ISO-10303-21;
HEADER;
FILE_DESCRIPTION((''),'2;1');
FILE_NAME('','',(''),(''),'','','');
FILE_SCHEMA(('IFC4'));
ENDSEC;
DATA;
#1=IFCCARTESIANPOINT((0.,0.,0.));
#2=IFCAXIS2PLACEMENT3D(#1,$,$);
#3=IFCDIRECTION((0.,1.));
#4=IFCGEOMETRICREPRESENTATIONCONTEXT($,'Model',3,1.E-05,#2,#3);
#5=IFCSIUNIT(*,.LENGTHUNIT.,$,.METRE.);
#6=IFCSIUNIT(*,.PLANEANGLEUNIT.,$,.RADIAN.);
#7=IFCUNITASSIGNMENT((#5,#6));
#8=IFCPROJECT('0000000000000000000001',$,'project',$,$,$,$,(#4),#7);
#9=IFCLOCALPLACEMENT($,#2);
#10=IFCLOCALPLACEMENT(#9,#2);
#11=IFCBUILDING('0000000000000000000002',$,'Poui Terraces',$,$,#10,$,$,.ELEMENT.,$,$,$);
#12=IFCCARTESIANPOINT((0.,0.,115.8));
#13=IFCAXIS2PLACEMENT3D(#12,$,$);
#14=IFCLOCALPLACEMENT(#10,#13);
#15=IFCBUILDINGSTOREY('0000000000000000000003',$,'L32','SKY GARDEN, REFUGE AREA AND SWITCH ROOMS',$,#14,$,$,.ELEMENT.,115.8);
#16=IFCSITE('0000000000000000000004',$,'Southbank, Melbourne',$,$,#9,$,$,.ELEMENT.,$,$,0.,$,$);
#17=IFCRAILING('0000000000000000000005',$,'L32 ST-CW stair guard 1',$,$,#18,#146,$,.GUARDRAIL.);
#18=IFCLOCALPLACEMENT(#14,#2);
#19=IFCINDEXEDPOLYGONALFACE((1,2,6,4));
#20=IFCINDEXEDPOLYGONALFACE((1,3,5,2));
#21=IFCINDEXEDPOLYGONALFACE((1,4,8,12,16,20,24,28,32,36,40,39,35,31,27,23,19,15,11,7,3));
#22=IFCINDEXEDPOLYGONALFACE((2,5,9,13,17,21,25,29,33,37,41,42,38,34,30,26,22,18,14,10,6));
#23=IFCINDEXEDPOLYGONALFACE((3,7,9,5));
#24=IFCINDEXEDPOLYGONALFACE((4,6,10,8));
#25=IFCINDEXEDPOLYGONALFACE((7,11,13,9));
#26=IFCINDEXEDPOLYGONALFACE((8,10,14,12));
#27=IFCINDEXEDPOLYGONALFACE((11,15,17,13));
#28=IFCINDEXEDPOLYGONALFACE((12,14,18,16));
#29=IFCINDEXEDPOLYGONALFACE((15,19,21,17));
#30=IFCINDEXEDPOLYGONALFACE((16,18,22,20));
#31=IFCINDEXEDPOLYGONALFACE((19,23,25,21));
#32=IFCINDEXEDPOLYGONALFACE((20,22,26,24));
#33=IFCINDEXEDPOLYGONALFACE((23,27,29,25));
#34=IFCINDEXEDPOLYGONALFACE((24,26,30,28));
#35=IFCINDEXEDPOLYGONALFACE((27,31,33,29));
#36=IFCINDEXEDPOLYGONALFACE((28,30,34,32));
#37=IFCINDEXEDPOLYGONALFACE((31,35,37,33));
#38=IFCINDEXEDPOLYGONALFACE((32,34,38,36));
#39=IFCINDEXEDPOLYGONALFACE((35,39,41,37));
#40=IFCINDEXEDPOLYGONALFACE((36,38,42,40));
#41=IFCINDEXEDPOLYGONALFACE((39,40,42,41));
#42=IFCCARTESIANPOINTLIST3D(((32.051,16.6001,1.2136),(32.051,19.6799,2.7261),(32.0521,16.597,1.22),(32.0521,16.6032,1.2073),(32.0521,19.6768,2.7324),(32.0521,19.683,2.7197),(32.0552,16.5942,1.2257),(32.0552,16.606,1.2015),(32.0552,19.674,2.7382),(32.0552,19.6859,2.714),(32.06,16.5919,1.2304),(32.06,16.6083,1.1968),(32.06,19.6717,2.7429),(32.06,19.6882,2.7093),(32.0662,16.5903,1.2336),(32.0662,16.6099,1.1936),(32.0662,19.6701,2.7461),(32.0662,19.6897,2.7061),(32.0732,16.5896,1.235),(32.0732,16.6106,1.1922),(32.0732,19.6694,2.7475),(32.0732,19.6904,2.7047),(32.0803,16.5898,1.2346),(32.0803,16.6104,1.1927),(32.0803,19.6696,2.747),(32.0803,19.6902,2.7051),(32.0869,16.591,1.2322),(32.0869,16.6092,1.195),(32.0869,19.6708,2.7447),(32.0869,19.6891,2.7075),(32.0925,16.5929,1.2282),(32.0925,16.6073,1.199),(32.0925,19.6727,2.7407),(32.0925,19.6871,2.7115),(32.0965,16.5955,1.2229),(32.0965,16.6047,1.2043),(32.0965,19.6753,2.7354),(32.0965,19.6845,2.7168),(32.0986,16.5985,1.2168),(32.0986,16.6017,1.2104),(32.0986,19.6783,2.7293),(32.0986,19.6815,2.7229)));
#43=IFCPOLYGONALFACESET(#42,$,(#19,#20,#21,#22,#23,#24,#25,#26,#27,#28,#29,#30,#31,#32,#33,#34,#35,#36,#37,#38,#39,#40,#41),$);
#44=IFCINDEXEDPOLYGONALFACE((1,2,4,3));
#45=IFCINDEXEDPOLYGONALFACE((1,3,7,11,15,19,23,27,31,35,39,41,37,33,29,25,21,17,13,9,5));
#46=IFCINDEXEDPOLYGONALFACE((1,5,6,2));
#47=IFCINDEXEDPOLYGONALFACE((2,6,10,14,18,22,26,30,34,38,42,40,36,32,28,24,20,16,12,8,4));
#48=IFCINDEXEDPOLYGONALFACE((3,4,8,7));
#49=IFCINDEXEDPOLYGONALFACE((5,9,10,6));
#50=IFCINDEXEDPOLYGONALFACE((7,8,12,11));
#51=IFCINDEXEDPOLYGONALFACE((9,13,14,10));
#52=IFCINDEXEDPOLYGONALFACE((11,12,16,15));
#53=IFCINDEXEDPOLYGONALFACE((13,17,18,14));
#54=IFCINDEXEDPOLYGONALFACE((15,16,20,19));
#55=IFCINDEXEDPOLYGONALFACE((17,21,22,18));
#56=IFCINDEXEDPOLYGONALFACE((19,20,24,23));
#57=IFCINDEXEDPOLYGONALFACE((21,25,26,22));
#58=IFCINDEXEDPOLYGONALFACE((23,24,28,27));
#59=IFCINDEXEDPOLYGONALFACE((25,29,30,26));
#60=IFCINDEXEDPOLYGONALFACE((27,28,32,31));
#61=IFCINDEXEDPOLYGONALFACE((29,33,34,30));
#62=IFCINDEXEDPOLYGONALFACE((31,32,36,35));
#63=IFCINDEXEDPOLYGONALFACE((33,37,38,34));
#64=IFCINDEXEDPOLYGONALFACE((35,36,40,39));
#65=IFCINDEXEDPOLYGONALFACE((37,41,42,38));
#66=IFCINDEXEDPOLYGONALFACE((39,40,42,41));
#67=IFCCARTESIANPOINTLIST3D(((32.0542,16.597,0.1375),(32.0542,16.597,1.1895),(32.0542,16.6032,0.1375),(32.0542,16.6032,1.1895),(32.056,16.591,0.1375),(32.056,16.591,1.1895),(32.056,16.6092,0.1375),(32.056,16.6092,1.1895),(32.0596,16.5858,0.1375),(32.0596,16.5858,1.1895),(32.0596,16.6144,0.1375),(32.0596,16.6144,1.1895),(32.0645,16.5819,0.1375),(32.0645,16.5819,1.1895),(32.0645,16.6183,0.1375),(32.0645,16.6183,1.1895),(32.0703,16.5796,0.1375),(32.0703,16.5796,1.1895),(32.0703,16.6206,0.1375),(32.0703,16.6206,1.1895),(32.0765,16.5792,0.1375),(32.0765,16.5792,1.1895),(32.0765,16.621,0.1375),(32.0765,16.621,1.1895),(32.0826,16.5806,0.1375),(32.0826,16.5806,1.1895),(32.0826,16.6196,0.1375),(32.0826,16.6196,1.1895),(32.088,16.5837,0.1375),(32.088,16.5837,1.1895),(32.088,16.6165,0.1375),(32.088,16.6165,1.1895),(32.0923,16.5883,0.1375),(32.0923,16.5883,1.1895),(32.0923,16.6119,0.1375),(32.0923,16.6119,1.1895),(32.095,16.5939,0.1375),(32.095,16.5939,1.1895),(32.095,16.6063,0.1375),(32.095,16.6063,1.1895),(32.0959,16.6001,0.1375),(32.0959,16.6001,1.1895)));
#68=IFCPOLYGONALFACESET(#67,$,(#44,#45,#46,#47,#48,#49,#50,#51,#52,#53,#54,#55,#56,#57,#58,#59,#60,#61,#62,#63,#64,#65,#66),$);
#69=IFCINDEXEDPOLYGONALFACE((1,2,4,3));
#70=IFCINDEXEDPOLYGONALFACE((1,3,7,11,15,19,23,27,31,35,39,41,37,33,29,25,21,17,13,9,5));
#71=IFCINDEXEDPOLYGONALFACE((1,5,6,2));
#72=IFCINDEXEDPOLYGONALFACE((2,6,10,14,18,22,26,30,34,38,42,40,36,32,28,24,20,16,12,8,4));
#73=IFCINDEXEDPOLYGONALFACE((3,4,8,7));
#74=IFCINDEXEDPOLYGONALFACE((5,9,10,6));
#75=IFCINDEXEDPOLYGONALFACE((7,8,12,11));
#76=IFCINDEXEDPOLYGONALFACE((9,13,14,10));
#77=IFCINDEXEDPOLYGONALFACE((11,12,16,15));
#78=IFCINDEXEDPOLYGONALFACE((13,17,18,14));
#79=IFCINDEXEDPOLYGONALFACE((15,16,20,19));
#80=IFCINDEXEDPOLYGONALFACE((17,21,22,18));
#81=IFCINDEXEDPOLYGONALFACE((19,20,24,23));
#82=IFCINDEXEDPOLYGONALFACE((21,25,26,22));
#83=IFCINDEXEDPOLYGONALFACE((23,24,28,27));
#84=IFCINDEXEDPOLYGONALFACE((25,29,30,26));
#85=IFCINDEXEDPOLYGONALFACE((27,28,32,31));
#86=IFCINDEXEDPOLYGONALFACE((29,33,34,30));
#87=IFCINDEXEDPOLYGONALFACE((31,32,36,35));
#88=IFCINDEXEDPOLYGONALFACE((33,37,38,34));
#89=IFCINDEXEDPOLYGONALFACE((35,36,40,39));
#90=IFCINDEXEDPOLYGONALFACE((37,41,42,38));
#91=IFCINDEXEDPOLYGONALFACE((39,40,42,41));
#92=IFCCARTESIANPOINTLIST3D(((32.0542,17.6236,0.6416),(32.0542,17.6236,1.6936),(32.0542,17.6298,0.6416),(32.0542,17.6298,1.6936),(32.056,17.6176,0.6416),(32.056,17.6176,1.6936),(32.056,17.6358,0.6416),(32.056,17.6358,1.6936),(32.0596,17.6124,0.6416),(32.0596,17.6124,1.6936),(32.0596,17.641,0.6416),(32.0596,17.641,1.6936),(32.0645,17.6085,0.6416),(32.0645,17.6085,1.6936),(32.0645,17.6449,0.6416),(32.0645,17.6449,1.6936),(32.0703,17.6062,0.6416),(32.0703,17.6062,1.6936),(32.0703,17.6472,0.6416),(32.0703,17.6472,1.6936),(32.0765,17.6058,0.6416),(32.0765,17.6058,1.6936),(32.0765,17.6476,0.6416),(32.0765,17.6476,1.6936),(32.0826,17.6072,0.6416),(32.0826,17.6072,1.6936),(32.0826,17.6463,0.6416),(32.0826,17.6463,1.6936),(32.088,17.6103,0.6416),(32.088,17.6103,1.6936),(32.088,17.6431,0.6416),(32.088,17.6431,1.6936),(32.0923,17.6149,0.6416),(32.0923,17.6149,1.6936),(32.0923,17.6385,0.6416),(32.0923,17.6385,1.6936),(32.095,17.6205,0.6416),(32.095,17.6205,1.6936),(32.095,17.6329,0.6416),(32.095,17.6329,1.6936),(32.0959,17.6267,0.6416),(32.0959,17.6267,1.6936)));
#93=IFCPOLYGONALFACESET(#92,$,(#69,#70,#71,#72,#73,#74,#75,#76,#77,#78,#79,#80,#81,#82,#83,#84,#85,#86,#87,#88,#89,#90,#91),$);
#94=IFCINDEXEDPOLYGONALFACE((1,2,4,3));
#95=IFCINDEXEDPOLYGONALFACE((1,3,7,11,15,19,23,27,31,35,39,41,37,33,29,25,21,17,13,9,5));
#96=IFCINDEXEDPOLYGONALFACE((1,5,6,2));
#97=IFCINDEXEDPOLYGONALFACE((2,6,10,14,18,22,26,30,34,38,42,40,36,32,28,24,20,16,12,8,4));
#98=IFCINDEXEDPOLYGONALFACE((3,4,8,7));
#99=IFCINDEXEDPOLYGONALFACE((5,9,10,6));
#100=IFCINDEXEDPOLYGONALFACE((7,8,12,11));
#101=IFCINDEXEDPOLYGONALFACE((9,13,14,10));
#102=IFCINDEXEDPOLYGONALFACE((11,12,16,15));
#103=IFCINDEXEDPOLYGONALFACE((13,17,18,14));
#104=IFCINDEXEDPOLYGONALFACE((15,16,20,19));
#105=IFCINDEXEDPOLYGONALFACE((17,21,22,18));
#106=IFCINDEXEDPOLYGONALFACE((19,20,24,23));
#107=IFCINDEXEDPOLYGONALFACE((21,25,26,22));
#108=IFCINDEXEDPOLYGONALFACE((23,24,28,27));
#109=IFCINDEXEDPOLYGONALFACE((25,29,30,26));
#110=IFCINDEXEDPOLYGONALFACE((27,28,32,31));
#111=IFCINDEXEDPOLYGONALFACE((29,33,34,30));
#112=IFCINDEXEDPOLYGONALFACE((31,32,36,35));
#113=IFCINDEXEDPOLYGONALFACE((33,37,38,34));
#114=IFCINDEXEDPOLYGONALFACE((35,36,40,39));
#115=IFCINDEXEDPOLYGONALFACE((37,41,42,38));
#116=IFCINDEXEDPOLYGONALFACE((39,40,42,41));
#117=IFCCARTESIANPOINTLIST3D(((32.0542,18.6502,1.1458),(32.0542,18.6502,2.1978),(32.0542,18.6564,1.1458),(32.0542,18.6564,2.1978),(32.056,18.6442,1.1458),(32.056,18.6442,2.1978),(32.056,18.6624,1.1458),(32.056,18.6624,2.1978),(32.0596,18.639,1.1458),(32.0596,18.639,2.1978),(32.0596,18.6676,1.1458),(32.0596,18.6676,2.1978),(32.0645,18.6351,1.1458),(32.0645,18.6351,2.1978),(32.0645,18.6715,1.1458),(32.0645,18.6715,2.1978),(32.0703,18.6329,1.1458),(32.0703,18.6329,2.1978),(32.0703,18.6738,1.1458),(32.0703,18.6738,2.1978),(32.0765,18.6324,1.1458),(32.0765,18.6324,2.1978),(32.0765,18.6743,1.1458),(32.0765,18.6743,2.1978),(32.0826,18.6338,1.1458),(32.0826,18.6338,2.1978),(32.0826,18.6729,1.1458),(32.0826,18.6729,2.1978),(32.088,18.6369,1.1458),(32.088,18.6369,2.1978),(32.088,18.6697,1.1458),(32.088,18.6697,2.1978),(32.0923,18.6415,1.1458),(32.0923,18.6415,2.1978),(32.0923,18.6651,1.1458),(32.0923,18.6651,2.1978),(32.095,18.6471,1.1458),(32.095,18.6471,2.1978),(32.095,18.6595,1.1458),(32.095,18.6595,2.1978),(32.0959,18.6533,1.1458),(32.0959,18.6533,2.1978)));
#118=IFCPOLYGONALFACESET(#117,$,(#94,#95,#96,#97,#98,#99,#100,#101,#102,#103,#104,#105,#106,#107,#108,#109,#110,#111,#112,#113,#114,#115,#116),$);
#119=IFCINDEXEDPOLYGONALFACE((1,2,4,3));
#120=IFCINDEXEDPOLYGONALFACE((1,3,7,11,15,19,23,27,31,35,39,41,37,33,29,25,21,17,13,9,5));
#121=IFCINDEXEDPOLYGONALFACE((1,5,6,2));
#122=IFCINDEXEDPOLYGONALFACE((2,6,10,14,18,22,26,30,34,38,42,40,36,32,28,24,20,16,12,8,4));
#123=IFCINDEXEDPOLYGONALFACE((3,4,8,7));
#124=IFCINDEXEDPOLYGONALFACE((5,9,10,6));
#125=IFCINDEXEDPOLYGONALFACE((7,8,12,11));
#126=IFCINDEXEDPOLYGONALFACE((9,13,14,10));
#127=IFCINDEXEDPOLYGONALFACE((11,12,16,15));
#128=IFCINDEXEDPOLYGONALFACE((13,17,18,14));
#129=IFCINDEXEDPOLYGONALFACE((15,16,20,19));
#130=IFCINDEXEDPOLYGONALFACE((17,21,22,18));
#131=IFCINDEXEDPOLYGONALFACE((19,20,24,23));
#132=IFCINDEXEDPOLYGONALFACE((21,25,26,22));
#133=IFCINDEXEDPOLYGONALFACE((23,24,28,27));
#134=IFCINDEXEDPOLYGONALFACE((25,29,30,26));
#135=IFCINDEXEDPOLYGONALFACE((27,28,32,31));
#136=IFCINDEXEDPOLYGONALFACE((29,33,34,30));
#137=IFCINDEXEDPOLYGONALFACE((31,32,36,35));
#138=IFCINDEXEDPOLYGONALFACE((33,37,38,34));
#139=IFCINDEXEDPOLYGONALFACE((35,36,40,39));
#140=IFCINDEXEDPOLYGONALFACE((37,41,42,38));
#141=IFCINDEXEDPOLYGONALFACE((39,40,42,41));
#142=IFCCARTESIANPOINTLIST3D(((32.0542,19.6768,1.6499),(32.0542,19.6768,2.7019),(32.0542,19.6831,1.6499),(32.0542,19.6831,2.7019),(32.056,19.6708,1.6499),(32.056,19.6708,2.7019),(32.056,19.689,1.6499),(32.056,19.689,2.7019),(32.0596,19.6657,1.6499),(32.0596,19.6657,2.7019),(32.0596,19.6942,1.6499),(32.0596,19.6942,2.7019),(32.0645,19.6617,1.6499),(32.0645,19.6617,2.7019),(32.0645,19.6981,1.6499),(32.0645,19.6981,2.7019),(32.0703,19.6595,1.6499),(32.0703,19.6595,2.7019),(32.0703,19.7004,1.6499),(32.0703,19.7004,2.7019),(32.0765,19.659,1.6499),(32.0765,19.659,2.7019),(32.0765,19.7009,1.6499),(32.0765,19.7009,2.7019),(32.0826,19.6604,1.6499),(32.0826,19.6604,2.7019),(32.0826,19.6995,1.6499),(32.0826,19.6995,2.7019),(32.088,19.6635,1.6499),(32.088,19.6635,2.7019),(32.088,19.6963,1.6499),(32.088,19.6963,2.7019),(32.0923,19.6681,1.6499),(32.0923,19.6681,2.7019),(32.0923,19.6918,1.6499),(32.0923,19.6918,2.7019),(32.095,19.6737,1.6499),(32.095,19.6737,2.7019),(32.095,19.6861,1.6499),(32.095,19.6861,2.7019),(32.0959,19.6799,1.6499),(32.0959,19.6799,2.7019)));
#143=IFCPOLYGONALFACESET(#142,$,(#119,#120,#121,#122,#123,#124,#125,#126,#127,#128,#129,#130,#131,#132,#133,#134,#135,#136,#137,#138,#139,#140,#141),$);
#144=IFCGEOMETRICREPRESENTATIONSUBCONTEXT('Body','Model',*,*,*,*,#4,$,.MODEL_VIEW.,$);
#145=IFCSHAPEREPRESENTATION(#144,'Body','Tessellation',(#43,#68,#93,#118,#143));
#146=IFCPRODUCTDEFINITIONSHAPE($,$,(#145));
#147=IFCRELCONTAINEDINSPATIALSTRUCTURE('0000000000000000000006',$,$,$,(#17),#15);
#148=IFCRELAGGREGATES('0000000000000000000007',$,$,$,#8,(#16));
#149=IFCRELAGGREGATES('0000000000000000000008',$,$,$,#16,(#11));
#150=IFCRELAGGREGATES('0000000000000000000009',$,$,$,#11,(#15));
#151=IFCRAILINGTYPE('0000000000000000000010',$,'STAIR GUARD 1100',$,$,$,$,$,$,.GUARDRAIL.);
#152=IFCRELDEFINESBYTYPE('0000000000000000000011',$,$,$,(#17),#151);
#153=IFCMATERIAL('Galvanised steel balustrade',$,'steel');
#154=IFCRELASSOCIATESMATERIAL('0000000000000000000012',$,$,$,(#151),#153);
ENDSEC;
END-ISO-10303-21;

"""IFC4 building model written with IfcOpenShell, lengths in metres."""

from ifc_helpers import new_model, si_unit, direction, frame, origin, origin_2d, place, context, subcontext, project, spatial, circle, extrude, material, type_object, element, save


model = new_model("IFC4")

# Units and contexts
model_context = context("Model", 3, precision=1e-05, world=origin(), true_north=direction((0.0, 1.0)))
body_context = subcontext(model_context, "Body", "Model", "MODEL_VIEW")
ifc_project = project(units=[si_unit("LENGTHUNIT", "METRE"), si_unit("PLANEANGLEUNIT", "RADIAN")], contexts=[model_context])

# Site, building, storey
site_placement = place(None, origin())
site = spatial("IfcSite", under=ifc_project, at=site_placement, Name="Southbank, Melbourne", CompositionType="ELEMENT", RefElevation=0.0)
building_placement = place(site_placement, origin())
building = spatial("IfcBuilding", under=site, at=building_placement, Name="Poui Terraces", CompositionType="ELEMENT")
storey_placement = place(building_placement, frame((0.0, 0.0, 115.8)))
storey = spatial("IfcBuildingStorey", under=building, at=storey_placement, Name="L32", Description="SKY GARDEN, REFUGE AREA AND SWITCH ROOMS", CompositionType="ELEMENT", Elevation=115.8)

# Railing
ifc_material_1 = material(Name="Galvanised steel balustrade", Category="steel")
railing_type = type_object("IfcRailingType", Name="STAIR GUARD 1100", PredefinedType="GUARDRAIL", material=ifc_material_1)
railing_placement = place(storey_placement, frame((32.075, 16.6001, 0.1375)))
element("IfcRailing", 1, at=railing_placement, inside=storey, type_object=railing_type, Name="L32 ST-CW stair guard 1", PredefinedType="GUARDRAIL", context=body_context, shape_type="SweptSolid", body=[
    extrude(circle(Radius=0.0239, at=origin_2d()), frame((0.0, 0.0, 1.0762), z_axis=(0.0, 0.897606, 0.440798), x_axis=(-1.0, 0.0, 0.0)), (0.0, 0.0, 1.0), 3.4312),
    extrude(circle(Radius=0.021, at=origin_2d()), origin(), (0.0, 0.0, 1.0), 1.052),
    extrude(circle(Radius=0.021, at=origin_2d()), frame((0.0, 1.0266, 0.5042)), (0.0, 0.0, 1.0), 1.052),
    extrude(circle(Radius=0.021, at=origin_2d()), frame((0.0, 2.0532, 1.0083)), (0.0, 0.0, 1.0), 1.052),
    extrude(circle(Radius=0.021, at=origin_2d()), frame((0.0, 3.0798, 1.5125)), (0.0, 0.0, 1.0), 1.052),
])

save(model, "model.ifc")
